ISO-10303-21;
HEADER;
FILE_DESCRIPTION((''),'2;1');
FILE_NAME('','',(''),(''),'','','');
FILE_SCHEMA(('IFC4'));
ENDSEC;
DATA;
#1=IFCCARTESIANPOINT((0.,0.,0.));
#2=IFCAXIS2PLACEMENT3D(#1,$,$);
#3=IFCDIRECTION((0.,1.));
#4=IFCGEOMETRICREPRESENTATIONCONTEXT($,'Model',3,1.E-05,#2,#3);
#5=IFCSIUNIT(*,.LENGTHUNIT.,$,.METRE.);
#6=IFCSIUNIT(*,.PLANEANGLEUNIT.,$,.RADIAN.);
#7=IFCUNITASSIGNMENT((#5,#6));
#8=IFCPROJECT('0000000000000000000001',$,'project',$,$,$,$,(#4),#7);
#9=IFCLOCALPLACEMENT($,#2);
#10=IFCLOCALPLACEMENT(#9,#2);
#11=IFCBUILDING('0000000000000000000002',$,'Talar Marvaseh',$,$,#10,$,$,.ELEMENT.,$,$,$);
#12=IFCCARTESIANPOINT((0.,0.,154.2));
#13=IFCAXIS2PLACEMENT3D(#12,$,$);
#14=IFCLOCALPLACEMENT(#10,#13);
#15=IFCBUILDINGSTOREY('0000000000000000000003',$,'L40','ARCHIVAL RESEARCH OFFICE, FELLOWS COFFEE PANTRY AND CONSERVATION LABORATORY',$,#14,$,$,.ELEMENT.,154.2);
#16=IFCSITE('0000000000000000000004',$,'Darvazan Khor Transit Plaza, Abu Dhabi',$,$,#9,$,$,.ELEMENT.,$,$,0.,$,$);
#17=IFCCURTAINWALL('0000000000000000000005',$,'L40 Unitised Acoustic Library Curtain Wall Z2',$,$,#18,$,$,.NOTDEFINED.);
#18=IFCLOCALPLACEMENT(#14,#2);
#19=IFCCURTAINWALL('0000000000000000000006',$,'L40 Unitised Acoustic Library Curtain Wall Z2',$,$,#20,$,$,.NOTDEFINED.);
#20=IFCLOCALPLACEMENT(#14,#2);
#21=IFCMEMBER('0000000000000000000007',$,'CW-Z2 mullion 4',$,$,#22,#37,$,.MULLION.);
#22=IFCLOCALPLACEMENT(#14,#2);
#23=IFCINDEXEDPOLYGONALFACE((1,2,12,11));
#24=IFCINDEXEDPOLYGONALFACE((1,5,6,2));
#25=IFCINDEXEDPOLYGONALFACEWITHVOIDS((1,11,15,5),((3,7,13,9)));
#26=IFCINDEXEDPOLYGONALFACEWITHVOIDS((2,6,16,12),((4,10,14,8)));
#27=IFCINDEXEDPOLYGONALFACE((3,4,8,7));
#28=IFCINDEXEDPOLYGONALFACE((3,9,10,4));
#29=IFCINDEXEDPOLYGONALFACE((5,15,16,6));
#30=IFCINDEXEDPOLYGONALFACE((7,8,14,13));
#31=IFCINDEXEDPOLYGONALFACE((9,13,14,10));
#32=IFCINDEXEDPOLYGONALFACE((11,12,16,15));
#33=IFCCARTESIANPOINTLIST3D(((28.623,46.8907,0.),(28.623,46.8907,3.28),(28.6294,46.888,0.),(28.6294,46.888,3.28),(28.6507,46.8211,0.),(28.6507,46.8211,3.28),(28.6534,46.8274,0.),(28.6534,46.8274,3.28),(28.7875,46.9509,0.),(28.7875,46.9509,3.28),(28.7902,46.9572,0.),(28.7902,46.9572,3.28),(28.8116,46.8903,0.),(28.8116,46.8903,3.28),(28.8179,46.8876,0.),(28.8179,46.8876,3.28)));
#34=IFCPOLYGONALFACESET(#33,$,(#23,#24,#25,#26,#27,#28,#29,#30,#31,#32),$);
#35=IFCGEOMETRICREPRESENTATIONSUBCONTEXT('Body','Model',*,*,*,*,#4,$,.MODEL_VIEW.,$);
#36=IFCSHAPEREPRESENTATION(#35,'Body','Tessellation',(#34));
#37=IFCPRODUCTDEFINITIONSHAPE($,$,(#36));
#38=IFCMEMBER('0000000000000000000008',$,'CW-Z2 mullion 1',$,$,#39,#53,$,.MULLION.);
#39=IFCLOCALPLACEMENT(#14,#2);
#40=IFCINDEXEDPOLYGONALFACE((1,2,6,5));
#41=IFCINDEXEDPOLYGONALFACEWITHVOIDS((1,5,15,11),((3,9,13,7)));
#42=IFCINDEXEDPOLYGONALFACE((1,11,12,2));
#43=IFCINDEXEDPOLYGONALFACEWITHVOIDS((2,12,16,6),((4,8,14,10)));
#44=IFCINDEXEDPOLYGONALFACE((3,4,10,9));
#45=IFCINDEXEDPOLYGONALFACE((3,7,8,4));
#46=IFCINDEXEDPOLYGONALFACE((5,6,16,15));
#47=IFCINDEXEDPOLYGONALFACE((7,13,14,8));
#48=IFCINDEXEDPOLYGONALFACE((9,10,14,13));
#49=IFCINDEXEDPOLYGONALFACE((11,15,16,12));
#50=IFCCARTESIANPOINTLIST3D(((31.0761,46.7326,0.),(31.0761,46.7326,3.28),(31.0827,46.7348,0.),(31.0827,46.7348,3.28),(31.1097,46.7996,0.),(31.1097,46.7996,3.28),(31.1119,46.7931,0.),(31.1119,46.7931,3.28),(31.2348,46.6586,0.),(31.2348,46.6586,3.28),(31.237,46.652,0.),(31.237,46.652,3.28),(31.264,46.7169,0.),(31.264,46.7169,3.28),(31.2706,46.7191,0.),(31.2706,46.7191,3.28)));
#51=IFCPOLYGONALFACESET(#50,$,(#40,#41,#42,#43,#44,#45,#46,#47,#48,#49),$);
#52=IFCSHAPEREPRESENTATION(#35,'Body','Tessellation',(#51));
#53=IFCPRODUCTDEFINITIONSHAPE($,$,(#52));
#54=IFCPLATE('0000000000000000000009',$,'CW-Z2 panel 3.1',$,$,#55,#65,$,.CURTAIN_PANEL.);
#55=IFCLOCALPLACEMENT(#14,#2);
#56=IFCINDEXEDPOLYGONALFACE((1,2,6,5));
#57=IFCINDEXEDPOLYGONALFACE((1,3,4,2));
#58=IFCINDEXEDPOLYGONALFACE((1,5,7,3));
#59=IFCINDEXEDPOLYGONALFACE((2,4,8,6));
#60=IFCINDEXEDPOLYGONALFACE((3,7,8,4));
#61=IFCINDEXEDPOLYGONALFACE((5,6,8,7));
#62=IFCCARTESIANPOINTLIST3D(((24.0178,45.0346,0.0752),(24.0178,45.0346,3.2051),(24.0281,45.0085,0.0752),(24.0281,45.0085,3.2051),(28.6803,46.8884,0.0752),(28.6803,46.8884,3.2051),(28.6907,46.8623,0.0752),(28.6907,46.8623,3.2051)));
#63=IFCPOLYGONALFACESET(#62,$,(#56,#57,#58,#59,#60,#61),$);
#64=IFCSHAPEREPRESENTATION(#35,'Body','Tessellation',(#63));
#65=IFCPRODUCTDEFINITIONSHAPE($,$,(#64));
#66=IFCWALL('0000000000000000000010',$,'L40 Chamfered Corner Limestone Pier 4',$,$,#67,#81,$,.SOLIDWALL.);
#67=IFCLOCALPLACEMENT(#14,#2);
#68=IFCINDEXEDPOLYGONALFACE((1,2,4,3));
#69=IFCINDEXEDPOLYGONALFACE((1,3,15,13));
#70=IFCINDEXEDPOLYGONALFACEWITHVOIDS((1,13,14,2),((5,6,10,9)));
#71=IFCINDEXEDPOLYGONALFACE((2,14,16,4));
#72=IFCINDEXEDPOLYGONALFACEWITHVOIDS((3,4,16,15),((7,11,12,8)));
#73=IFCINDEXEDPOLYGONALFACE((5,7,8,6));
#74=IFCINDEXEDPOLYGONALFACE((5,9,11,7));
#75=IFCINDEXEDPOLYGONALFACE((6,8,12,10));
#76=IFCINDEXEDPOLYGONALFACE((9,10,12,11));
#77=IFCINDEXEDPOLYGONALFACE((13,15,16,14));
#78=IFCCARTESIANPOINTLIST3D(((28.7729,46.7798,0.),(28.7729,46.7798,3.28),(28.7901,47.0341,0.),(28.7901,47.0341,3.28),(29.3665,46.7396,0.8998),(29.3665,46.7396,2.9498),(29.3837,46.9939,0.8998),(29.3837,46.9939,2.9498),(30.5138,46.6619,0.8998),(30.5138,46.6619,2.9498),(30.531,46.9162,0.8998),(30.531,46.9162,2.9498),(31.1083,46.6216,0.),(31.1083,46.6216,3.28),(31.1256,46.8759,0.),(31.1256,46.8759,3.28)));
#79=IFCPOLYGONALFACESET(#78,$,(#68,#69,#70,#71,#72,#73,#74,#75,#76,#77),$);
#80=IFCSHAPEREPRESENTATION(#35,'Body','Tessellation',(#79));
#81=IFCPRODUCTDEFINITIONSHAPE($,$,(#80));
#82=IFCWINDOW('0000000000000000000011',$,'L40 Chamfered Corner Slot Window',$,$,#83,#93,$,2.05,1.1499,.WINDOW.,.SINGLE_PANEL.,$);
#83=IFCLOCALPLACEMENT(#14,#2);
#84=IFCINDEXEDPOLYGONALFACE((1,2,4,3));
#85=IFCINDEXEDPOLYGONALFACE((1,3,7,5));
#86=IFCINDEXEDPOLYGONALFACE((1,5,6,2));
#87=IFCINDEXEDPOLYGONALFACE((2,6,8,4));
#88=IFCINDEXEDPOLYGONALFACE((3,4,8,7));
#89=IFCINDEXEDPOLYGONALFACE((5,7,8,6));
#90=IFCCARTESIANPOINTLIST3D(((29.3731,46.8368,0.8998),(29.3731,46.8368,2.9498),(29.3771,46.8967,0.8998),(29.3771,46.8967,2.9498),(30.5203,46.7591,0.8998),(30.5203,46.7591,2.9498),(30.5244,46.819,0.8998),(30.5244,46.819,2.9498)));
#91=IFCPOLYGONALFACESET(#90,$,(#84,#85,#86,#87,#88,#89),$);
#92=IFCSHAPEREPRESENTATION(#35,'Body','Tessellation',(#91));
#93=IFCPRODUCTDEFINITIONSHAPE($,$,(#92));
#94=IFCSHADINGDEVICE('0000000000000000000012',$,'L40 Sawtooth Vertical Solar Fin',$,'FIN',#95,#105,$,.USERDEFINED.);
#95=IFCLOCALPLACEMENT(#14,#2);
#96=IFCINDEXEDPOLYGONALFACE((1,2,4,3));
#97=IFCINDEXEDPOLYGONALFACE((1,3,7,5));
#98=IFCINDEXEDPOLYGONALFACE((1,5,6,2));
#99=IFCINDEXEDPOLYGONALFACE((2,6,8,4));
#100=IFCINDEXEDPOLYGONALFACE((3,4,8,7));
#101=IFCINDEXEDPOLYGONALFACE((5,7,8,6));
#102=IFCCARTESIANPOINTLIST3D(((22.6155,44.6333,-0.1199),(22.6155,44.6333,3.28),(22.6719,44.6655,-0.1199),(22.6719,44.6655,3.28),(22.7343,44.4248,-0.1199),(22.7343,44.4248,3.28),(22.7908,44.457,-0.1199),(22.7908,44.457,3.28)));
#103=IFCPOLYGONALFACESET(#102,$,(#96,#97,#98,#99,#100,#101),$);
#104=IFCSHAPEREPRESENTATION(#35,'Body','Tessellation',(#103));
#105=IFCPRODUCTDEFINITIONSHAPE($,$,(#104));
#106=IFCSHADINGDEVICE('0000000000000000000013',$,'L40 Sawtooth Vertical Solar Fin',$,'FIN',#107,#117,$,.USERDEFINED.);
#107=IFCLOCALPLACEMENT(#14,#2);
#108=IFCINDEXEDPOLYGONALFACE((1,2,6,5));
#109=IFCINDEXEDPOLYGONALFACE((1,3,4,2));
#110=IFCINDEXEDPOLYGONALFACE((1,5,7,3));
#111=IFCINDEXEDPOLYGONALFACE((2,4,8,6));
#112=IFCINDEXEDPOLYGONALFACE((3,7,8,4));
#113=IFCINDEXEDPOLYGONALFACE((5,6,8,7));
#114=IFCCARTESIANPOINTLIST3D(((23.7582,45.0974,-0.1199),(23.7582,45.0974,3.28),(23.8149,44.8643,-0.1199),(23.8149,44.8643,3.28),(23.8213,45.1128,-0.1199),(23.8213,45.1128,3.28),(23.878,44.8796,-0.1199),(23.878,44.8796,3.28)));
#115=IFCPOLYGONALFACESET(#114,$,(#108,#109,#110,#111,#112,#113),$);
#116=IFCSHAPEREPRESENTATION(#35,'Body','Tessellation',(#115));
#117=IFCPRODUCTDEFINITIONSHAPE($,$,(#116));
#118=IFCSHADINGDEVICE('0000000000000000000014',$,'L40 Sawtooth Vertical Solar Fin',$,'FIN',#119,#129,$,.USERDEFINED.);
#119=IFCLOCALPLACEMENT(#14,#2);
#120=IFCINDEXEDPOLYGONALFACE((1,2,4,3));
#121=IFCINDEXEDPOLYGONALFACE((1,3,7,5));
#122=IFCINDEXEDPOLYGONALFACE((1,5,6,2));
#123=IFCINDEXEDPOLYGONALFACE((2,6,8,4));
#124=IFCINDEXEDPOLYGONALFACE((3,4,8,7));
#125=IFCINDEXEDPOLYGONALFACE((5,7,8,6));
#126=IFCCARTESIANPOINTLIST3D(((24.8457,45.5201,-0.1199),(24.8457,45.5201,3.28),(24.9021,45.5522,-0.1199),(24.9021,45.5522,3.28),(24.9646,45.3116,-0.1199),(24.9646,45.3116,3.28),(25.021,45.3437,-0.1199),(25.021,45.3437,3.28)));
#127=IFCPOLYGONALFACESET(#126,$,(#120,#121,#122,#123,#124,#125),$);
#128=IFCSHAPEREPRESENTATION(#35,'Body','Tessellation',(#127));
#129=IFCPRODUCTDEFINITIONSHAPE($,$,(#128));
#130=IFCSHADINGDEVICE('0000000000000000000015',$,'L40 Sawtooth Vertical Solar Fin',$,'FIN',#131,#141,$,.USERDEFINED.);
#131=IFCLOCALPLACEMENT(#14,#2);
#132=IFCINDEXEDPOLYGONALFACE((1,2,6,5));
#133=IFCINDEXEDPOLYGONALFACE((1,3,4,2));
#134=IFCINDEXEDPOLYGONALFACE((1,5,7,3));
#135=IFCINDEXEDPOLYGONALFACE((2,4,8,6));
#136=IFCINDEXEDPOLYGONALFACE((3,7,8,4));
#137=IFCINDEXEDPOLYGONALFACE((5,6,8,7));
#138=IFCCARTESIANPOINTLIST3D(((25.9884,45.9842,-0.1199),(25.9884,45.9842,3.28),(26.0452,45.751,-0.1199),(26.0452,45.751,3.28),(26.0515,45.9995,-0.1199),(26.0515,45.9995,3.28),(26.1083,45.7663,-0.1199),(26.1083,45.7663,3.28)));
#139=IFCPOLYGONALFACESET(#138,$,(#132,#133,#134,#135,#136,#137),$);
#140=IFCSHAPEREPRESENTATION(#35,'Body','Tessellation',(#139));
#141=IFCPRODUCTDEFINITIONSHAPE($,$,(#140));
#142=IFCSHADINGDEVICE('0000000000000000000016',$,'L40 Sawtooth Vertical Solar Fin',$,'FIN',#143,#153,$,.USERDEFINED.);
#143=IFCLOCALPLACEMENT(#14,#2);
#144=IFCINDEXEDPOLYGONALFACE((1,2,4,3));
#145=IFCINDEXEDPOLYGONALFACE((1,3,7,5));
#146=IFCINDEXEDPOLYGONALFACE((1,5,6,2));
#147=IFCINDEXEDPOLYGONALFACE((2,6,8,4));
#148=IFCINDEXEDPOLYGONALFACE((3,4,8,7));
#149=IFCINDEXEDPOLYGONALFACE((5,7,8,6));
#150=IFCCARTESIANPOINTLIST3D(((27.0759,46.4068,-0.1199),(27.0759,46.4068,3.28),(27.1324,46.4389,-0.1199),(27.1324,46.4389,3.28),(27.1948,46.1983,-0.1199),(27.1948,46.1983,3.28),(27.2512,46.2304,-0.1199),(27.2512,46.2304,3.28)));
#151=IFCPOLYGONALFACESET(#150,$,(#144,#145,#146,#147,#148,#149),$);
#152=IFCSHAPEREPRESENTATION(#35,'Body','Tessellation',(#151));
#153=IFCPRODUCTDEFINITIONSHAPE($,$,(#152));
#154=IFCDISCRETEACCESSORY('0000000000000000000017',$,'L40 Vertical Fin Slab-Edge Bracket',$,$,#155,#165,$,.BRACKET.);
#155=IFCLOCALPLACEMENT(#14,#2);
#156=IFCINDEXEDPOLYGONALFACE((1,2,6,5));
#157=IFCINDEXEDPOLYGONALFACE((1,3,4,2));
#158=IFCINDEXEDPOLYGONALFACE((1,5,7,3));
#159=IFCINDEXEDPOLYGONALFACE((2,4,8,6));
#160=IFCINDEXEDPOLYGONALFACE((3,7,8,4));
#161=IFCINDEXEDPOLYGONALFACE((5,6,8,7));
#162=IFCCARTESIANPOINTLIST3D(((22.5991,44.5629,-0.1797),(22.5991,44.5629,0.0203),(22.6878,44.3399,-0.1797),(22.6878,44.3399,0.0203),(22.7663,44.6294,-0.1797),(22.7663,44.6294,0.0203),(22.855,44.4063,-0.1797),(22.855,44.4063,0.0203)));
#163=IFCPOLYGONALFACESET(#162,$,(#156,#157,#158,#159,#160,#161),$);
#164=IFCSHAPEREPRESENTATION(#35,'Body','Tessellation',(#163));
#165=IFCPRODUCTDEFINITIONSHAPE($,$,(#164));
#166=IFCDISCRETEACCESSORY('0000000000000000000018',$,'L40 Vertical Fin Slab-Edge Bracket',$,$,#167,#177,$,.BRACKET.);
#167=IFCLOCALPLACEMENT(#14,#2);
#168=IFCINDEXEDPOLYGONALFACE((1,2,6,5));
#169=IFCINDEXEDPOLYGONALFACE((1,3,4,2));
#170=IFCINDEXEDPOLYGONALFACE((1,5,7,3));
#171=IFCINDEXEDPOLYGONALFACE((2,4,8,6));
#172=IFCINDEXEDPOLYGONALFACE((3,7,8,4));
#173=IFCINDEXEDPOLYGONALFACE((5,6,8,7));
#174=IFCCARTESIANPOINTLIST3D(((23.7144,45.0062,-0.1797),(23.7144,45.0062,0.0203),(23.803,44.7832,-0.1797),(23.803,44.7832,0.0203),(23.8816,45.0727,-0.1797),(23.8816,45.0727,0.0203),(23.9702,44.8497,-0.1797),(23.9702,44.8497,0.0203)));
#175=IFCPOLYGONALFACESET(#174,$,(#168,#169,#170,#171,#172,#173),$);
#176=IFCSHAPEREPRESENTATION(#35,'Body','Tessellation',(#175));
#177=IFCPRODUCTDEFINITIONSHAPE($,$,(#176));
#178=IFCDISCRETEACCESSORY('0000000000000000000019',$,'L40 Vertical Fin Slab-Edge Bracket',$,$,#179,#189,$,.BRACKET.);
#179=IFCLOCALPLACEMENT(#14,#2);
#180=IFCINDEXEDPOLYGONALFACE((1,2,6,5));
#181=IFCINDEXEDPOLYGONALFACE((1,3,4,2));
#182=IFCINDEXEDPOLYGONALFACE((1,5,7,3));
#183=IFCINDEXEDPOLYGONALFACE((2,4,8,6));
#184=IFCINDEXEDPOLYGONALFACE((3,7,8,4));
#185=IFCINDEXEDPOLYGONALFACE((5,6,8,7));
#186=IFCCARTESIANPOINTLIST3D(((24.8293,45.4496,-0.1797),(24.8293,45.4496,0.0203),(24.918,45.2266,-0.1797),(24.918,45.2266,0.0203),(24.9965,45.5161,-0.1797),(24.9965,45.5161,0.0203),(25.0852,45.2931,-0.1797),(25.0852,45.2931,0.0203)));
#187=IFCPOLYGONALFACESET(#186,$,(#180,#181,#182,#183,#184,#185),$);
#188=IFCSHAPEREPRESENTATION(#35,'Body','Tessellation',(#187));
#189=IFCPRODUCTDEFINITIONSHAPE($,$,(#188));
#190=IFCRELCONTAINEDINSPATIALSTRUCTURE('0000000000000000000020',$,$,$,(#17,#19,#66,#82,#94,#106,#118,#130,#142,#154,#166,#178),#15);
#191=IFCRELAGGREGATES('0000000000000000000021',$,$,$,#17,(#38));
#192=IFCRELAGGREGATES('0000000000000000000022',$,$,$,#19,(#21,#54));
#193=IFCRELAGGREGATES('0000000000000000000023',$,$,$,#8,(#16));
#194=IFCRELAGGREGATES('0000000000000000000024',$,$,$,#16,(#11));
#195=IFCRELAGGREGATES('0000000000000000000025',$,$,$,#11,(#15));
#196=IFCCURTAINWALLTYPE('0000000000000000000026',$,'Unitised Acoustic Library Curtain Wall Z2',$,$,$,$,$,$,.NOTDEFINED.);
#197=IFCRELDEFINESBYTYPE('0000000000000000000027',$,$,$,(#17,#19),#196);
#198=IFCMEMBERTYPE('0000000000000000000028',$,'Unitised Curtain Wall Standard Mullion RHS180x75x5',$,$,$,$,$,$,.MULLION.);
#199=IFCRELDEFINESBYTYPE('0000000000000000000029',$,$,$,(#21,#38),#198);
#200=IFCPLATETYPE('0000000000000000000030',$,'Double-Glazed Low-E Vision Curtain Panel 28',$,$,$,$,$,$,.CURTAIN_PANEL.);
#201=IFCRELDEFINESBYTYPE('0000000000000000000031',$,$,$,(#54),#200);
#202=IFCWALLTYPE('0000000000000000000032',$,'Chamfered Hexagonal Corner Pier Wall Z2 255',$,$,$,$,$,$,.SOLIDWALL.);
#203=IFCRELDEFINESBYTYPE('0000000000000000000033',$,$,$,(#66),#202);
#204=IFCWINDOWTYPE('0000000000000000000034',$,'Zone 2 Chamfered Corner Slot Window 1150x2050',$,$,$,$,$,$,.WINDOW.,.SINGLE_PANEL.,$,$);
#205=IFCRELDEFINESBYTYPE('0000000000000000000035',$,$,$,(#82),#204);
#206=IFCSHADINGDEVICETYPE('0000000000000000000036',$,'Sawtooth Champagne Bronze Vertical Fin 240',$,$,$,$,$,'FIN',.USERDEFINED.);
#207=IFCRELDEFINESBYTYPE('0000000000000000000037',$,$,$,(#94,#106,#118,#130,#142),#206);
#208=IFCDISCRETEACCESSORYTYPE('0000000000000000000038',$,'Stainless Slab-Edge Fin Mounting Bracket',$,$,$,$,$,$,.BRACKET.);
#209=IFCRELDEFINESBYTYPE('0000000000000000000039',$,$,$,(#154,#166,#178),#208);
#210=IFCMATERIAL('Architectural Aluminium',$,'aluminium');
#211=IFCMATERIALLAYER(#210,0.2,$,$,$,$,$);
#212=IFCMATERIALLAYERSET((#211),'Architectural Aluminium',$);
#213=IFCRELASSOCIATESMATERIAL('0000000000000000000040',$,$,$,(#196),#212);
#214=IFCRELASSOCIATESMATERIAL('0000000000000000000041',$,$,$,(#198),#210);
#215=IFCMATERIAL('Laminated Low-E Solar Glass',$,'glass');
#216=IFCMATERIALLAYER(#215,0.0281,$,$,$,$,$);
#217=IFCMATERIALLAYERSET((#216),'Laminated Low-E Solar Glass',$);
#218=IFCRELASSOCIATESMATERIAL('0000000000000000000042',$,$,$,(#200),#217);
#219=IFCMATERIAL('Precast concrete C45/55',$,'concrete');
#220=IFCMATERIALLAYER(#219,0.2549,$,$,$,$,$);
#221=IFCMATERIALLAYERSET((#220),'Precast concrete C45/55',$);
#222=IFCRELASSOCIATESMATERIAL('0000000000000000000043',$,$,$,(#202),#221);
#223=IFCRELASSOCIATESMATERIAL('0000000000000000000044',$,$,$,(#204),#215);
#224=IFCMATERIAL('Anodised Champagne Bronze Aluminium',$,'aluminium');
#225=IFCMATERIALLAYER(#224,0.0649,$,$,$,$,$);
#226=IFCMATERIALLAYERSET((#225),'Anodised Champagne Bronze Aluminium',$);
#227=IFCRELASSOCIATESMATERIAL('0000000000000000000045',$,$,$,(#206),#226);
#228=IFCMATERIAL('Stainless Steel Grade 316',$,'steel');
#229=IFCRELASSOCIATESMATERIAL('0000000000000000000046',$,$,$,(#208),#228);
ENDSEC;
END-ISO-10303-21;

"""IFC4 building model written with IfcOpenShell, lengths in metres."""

from ifc_helpers import new_model, si_unit, direction, frame, frame_2d, origin, origin_2d, place, context, subcontext, project, spatial, rectangle, hollow_rectangle, extrude, source, transform, mapped, material, layer, layer_set, material_profile, profile_set, type_object, type_shapes, element, fill, aggregate, save


model = new_model("IFC4")

# Units and contexts
model_context = context("Model", 3, precision=1e-05, world=origin(), true_north=direction((0.0, 1.0)))
body_context = subcontext(model_context, "Body", "Model", "MODEL_VIEW")
ifc_project = project(units=[si_unit("LENGTHUNIT", "METRE"), si_unit("PLANEANGLEUNIT", "RADIAN")], contexts=[model_context])

# Site, building, storey
site_placement = place(None, origin())
site = spatial("IfcSite", under=ifc_project, at=site_placement, Name="Darvazan Khor Transit Plaza, Abu Dhabi", CompositionType="ELEMENT", RefElevation=0.0)
building_placement = place(site_placement, origin())
building = spatial("IfcBuilding", under=site, at=building_placement, Name="Talar Marvaseh", CompositionType="ELEMENT")
storey_placement = place(building_placement, frame((0.0, 0.0, 154.2)))
storey = spatial("IfcBuildingStorey", under=building, at=storey_placement, Name="L40", Description="ARCHIVAL RESEARCH OFFICE, FELLOWS COFFEE PANTRY AND CONSERVATION LABORATORY", CompositionType="ELEMENT", Elevation=154.2)

# Curtain walls, member
ifc_material_1 = material(Name="Architectural Aluminium", Category="aluminium")
ifc_layer_1 = layer(ifc_material_1, 0.2)
ifc_layer_set_1 = layer_set([ifc_layer_1], Name="Architectural Aluminium")
curtain_wall_type = type_object("IfcCurtainWallType", Name="Unitised Acoustic Library Curtain Wall Z2", PredefinedType="NOTDEFINED", material=ifc_layer_set_1)
curtain_wall_1_placement = place(storey_placement, origin())
curtain_wall_1 = element("IfcCurtainWall", 1, at=curtain_wall_1_placement, inside=storey, type_object=curtain_wall_type, Name="L40 Unitised Acoustic Library Curtain Wall Z2", PredefinedType="NOTDEFINED")
curtain_wall_2_placement = place(storey_placement, origin())
curtain_wall_2 = element("IfcCurtainWall", 2, at=curtain_wall_2_placement, inside=storey, type_object=curtain_wall_type, Name="L40 Unitised Acoustic Library Curtain Wall Z2", PredefinedType="NOTDEFINED")
ifc_material_profile_1 = material_profile(ifc_material_1, hollow_rectangle(XDim=0.075, YDim=0.1799, WallThickness=0.0049, at=origin_2d()), Name="RHS180x75x5")
ifc_profile_set_1 = profile_set([ifc_material_profile_1], Name="Architectural Aluminium")
member_type_1 = type_object("IfcMemberType", Name="Unitised Curtain Wall Standard Mullion RHS180x75x5", PredefinedType="MULLION", material=ifc_profile_set_1)
shared_shape_1 = source(origin(), body_context, "Body", "SweptSolid", [
    extrude(hollow_rectangle(XDim=0.075, YDim=0.1799, WallThickness=0.0049, at=origin_2d()), origin(), (0.0, 0.0, 1.0), 3.28),
])
type_shapes(member_type_1, [shared_shape_1])
member_1_placement = place(storey_placement, frame((28.7205, 46.8892, 0.0), z_axis=(0.0, 0.0, 1.0), x_axis=(-0.369458, 0.929247, 0.0)))
member_1 = element("IfcMember", 3, at=member_1_placement, type_object=member_type_1, Name="CW-Z2 mullion 4", PredefinedType="MULLION", context=body_context, shape_type="MappedRepresentation", body=[
    mapped(shared_shape_1, transform((0.0, 0.0, 0.0), x_axis=(1.0, 0.0, 0.0), y_axis=(0.0, 1.0, 0.0), z_axis=(0.0, 0.0, 1.0), scale=1.0)),
])

# Member
member_2_placement = place(storey_placement, frame((31.1733, 46.7258, 0.0), z_axis=(0.0, 0.0, 1.0), x_axis=(0.447702, 0.894183, 0.0)))
member_2 = element("IfcMember", 4, at=member_2_placement, type_object=member_type_1, Name="CW-Z2 mullion 1", PredefinedType="MULLION", context=body_context, shape_type="MappedRepresentation", body=[
    mapped(shared_shape_1, transform((0.0, 0.0, 0.0), x_axis=(1.0, 0.0, 0.0), y_axis=(0.0, 1.0, 0.0), z_axis=(0.0, 0.0, 1.0), scale=1.0)),
])
aggregate(curtain_wall_1, [member_2])

# Plate
ifc_material_2 = material(Name="Laminated Low-E Solar Glass", Category="glass")
ifc_layer_2 = layer(ifc_material_2, 0.0281)
ifc_layer_set_2 = layer_set([ifc_layer_2], Name="Laminated Low-E Solar Glass")
plate_type = type_object("IfcPlateType", Name="Double-Glazed Low-E Vision Curtain Panel 28", PredefinedType="CURTAIN_PANEL", material=ifc_layer_set_2)
shared_shape_2 = source(origin(), body_context, "Body", "SweptSolid", [
    extrude(rectangle(XDim=5.0176, YDim=0.0281, at=origin_2d()), origin(), (0.0, 0.0, 1.0), 3.1299),
])
type_shapes(plate_type, [shared_shape_2])
plate_placement = place(storey_placement, frame((26.3542, 45.9485, 0.0752), z_axis=(0.0, 0.0, 1.0), x_axis=(0.929247, 0.369458, 0.0)))
plate = element("IfcPlate", 5, at=plate_placement, type_object=plate_type, Name="CW-Z2 panel 3.1", PredefinedType="CURTAIN_PANEL", context=body_context, shape_type="MappedRepresentation", body=[
    mapped(shared_shape_2, transform((0.0, 0.0, 0.0), x_axis=(1.0, 0.0, 0.0), y_axis=(0.0, 1.0, 0.0), z_axis=(0.0, 0.0, 1.0), scale=1.0)),
])
aggregate(curtain_wall_2, [member_1, plate])

# Wall, opening, window
ifc_material_3 = material(Name="Precast concrete C45/55", Category="concrete")
ifc_layer_3 = layer(ifc_material_3, 0.2549)
ifc_layer_set_3 = layer_set([ifc_layer_3], Name="Precast concrete C45/55")
wall_type = type_object("IfcWallType", Name="Chamfered Hexagonal Corner Pier Wall Z2 255", PredefinedType="SOLIDWALL", material=ifc_layer_set_3)
wall_placement = place(storey_placement, frame((28.7815, 46.907, 0.0), z_axis=(0.0, 0.0, 1.0), x_axis=(0.997714, -0.067585, 0.0)))
wall = element("IfcWall", 6, at=wall_placement, inside=storey, type_object=wall_type, Name="L40 Chamfered Corner Limestone Pier 4", PredefinedType="SOLIDWALL", context=body_context, shape_type="SweptSolid", body=[
    extrude(rectangle(XDim=2.3408, YDim=0.2549, at=frame_2d((1.1704, 0.0))), origin(), (0.0, 0.0, 1.0), 3.28),
])
opening_placement = place(wall_placement, frame((0.595, 0.0, 0.8999)))
opening = element("IfcOpeningElement", 7, at=opening_placement, cuts=wall, PredefinedType="OPENING", context=body_context, shape_type="SweptSolid", body=[
    extrude(rectangle(XDim=1.1499, YDim=2.05, at=frame_2d((0.575, 1.0249))), frame((0.0, 0.1375, 0.0), z_axis=(0.0, -1.0, 0.0), x_axis=(1.0, 0.0, 0.0)), (0.0, 0.0, 1.0), 0.2749),
])
window_type = type_object("IfcWindowType", Name="Zone 2 Chamfered Corner Slot Window 1150x2050", PartitioningType="SINGLE_PANEL", PredefinedType="WINDOW", material=ifc_material_2)
shared_shape_3 = source(origin(), body_context, "Body", "SweptSolid", [
    extrude(rectangle(XDim=1.1499, YDim=2.05, at=frame_2d((0.575, 1.0249))), frame((0.0, 0.03, 0.0), z_axis=(0.0, -1.0, 0.0), x_axis=(1.0, 0.0, 0.0)), (0.0, 0.0, 1.0), 0.0601),
])
type_shapes(window_type, [shared_shape_3])
window_placement = place(opening_placement, origin())
window = element("IfcWindow", 8, at=window_placement, inside=storey, type_object=window_type, Name="L40 Chamfered Corner Slot Window", OverallHeight=2.05, OverallWidth=1.1499, PartitioningType="SINGLE_PANEL", PredefinedType="WINDOW", context=body_context, shape_type="MappedRepresentation", body=[
    mapped(shared_shape_3, transform((0.0, 0.0, 0.0), x_axis=(1.0, 0.0, 0.0), y_axis=(0.0, 1.0, 0.0), z_axis=(0.0, 0.0, 1.0), scale=1.0)),
])
fill(opening, window)

# Shading devices
ifc_material_4 = material(Name="Anodised Champagne Bronze Aluminium", Category="aluminium")
ifc_layer_4 = layer(ifc_material_4, 0.0649)
ifc_layer_set_4 = layer_set([ifc_layer_4], Name="Anodised Champagne Bronze Aluminium")
shading_device_type = type_object("IfcShadingDeviceType", Name="Sawtooth Champagne Bronze Vertical Fin 240", ElementType="FIN", PredefinedType="USERDEFINED", material=ifc_layer_set_4)
shared_shape_4 = source(origin(), body_context, "Body", "SweptSolid", [
    extrude(rectangle(XDim=0.24, YDim=0.0649, at=origin_2d()), origin(), (0.0, 0.0, 1.0), 3.3999),
])
type_shapes(shading_device_type, [shared_shape_4])
for number, where, z_axis, x_axis, name in (
    (9, (22.7031, 44.5452, -0.1199), (0.0, 0.0, 1.0), (-0.495155, 0.868804, 0.0), "L40 Sawtooth Vertical Solar Fin"),
    (10, (23.8181, 44.9885, -0.1199), (0.0, 0.0, 1.0), (-0.236499, 0.971632, 0.0), "L40 Sawtooth Vertical Solar Fin"),
    (11, (24.9333, 45.4319, -0.1199), (0.0, 0.0, 1.0), (-0.495155, 0.868804, 0.0), "L40 Sawtooth Vertical Solar Fin"),
    (12, (26.0483, 45.8752, -0.1199), (0.0, 0.0, 1.0), (-0.236499, 0.971632, 0.0), "L40 Sawtooth Vertical Solar Fin"),
    (13, (27.1636, 46.3186, -0.1199), (0.0, 0.0, 1.0), (-0.495155, 0.868804, 0.0), "L40 Sawtooth Vertical Solar Fin"),
):
    element("IfcShadingDevice", number, at=place(storey_placement, frame(where, z_axis=z_axis, x_axis=x_axis)), inside=storey, type_object=shading_device_type, Name=name, ObjectType="FIN", PredefinedType="USERDEFINED", context=body_context, shape_type="MappedRepresentation", body=[
        mapped(shared_shape_4, transform((0.0, 0.0, 0.0), x_axis=(1.0, 0.0, 0.0), y_axis=(0.0, 1.0, 0.0), z_axis=(0.0, 0.0, 1.0), scale=1.0)),
    ])

# Discrete accessories
ifc_material_5 = material(Name="Stainless Steel Grade 316", Category="steel")
discrete_accessory_type = type_object("IfcDiscreteAccessoryType", Name="Stainless Slab-Edge Fin Mounting Bracket", PredefinedType="BRACKET", material=ifc_material_5)
shared_shape_5 = source(origin(), body_context, "Body", "SweptSolid", [
    extrude(rectangle(XDim=0.24, YDim=0.1799, at=origin_2d()), origin(), (0.0, 0.0, 1.0), 0.2),
])
type_shapes(discrete_accessory_type, [shared_shape_5])
for number, where, z_axis, x_axis, name in (
    (14, (22.7271, 44.4846, -0.1797), (0.0, 0.0, 1.0), (-0.369422, 0.929262, 0.0), "L40 Vertical Fin Slab-Edge Bracket"),
    (15, (23.8423, 44.928, -0.1797), (0.0, 0.0, 1.0), (-0.369422, 0.929262, 0.0), "L40 Vertical Fin Slab-Edge Bracket"),
    (16, (24.9573, 45.3713, -0.1797), (0.0, 0.0, 1.0), (-0.369422, 0.929262, 0.0), "L40 Vertical Fin Slab-Edge Bracket"),
):
    element("IfcDiscreteAccessory", number, at=place(storey_placement, frame(where, z_axis=z_axis, x_axis=x_axis)), inside=storey, type_object=discrete_accessory_type, Name=name, PredefinedType="BRACKET", context=body_context, shape_type="MappedRepresentation", body=[
        mapped(shared_shape_5, transform((0.0, 0.0, 0.0), x_axis=(1.0, 0.0, 0.0), y_axis=(0.0, 1.0, 0.0), z_axis=(0.0, 0.0, 1.0), scale=1.0)),
    ])

save(model, "model.ifc")
